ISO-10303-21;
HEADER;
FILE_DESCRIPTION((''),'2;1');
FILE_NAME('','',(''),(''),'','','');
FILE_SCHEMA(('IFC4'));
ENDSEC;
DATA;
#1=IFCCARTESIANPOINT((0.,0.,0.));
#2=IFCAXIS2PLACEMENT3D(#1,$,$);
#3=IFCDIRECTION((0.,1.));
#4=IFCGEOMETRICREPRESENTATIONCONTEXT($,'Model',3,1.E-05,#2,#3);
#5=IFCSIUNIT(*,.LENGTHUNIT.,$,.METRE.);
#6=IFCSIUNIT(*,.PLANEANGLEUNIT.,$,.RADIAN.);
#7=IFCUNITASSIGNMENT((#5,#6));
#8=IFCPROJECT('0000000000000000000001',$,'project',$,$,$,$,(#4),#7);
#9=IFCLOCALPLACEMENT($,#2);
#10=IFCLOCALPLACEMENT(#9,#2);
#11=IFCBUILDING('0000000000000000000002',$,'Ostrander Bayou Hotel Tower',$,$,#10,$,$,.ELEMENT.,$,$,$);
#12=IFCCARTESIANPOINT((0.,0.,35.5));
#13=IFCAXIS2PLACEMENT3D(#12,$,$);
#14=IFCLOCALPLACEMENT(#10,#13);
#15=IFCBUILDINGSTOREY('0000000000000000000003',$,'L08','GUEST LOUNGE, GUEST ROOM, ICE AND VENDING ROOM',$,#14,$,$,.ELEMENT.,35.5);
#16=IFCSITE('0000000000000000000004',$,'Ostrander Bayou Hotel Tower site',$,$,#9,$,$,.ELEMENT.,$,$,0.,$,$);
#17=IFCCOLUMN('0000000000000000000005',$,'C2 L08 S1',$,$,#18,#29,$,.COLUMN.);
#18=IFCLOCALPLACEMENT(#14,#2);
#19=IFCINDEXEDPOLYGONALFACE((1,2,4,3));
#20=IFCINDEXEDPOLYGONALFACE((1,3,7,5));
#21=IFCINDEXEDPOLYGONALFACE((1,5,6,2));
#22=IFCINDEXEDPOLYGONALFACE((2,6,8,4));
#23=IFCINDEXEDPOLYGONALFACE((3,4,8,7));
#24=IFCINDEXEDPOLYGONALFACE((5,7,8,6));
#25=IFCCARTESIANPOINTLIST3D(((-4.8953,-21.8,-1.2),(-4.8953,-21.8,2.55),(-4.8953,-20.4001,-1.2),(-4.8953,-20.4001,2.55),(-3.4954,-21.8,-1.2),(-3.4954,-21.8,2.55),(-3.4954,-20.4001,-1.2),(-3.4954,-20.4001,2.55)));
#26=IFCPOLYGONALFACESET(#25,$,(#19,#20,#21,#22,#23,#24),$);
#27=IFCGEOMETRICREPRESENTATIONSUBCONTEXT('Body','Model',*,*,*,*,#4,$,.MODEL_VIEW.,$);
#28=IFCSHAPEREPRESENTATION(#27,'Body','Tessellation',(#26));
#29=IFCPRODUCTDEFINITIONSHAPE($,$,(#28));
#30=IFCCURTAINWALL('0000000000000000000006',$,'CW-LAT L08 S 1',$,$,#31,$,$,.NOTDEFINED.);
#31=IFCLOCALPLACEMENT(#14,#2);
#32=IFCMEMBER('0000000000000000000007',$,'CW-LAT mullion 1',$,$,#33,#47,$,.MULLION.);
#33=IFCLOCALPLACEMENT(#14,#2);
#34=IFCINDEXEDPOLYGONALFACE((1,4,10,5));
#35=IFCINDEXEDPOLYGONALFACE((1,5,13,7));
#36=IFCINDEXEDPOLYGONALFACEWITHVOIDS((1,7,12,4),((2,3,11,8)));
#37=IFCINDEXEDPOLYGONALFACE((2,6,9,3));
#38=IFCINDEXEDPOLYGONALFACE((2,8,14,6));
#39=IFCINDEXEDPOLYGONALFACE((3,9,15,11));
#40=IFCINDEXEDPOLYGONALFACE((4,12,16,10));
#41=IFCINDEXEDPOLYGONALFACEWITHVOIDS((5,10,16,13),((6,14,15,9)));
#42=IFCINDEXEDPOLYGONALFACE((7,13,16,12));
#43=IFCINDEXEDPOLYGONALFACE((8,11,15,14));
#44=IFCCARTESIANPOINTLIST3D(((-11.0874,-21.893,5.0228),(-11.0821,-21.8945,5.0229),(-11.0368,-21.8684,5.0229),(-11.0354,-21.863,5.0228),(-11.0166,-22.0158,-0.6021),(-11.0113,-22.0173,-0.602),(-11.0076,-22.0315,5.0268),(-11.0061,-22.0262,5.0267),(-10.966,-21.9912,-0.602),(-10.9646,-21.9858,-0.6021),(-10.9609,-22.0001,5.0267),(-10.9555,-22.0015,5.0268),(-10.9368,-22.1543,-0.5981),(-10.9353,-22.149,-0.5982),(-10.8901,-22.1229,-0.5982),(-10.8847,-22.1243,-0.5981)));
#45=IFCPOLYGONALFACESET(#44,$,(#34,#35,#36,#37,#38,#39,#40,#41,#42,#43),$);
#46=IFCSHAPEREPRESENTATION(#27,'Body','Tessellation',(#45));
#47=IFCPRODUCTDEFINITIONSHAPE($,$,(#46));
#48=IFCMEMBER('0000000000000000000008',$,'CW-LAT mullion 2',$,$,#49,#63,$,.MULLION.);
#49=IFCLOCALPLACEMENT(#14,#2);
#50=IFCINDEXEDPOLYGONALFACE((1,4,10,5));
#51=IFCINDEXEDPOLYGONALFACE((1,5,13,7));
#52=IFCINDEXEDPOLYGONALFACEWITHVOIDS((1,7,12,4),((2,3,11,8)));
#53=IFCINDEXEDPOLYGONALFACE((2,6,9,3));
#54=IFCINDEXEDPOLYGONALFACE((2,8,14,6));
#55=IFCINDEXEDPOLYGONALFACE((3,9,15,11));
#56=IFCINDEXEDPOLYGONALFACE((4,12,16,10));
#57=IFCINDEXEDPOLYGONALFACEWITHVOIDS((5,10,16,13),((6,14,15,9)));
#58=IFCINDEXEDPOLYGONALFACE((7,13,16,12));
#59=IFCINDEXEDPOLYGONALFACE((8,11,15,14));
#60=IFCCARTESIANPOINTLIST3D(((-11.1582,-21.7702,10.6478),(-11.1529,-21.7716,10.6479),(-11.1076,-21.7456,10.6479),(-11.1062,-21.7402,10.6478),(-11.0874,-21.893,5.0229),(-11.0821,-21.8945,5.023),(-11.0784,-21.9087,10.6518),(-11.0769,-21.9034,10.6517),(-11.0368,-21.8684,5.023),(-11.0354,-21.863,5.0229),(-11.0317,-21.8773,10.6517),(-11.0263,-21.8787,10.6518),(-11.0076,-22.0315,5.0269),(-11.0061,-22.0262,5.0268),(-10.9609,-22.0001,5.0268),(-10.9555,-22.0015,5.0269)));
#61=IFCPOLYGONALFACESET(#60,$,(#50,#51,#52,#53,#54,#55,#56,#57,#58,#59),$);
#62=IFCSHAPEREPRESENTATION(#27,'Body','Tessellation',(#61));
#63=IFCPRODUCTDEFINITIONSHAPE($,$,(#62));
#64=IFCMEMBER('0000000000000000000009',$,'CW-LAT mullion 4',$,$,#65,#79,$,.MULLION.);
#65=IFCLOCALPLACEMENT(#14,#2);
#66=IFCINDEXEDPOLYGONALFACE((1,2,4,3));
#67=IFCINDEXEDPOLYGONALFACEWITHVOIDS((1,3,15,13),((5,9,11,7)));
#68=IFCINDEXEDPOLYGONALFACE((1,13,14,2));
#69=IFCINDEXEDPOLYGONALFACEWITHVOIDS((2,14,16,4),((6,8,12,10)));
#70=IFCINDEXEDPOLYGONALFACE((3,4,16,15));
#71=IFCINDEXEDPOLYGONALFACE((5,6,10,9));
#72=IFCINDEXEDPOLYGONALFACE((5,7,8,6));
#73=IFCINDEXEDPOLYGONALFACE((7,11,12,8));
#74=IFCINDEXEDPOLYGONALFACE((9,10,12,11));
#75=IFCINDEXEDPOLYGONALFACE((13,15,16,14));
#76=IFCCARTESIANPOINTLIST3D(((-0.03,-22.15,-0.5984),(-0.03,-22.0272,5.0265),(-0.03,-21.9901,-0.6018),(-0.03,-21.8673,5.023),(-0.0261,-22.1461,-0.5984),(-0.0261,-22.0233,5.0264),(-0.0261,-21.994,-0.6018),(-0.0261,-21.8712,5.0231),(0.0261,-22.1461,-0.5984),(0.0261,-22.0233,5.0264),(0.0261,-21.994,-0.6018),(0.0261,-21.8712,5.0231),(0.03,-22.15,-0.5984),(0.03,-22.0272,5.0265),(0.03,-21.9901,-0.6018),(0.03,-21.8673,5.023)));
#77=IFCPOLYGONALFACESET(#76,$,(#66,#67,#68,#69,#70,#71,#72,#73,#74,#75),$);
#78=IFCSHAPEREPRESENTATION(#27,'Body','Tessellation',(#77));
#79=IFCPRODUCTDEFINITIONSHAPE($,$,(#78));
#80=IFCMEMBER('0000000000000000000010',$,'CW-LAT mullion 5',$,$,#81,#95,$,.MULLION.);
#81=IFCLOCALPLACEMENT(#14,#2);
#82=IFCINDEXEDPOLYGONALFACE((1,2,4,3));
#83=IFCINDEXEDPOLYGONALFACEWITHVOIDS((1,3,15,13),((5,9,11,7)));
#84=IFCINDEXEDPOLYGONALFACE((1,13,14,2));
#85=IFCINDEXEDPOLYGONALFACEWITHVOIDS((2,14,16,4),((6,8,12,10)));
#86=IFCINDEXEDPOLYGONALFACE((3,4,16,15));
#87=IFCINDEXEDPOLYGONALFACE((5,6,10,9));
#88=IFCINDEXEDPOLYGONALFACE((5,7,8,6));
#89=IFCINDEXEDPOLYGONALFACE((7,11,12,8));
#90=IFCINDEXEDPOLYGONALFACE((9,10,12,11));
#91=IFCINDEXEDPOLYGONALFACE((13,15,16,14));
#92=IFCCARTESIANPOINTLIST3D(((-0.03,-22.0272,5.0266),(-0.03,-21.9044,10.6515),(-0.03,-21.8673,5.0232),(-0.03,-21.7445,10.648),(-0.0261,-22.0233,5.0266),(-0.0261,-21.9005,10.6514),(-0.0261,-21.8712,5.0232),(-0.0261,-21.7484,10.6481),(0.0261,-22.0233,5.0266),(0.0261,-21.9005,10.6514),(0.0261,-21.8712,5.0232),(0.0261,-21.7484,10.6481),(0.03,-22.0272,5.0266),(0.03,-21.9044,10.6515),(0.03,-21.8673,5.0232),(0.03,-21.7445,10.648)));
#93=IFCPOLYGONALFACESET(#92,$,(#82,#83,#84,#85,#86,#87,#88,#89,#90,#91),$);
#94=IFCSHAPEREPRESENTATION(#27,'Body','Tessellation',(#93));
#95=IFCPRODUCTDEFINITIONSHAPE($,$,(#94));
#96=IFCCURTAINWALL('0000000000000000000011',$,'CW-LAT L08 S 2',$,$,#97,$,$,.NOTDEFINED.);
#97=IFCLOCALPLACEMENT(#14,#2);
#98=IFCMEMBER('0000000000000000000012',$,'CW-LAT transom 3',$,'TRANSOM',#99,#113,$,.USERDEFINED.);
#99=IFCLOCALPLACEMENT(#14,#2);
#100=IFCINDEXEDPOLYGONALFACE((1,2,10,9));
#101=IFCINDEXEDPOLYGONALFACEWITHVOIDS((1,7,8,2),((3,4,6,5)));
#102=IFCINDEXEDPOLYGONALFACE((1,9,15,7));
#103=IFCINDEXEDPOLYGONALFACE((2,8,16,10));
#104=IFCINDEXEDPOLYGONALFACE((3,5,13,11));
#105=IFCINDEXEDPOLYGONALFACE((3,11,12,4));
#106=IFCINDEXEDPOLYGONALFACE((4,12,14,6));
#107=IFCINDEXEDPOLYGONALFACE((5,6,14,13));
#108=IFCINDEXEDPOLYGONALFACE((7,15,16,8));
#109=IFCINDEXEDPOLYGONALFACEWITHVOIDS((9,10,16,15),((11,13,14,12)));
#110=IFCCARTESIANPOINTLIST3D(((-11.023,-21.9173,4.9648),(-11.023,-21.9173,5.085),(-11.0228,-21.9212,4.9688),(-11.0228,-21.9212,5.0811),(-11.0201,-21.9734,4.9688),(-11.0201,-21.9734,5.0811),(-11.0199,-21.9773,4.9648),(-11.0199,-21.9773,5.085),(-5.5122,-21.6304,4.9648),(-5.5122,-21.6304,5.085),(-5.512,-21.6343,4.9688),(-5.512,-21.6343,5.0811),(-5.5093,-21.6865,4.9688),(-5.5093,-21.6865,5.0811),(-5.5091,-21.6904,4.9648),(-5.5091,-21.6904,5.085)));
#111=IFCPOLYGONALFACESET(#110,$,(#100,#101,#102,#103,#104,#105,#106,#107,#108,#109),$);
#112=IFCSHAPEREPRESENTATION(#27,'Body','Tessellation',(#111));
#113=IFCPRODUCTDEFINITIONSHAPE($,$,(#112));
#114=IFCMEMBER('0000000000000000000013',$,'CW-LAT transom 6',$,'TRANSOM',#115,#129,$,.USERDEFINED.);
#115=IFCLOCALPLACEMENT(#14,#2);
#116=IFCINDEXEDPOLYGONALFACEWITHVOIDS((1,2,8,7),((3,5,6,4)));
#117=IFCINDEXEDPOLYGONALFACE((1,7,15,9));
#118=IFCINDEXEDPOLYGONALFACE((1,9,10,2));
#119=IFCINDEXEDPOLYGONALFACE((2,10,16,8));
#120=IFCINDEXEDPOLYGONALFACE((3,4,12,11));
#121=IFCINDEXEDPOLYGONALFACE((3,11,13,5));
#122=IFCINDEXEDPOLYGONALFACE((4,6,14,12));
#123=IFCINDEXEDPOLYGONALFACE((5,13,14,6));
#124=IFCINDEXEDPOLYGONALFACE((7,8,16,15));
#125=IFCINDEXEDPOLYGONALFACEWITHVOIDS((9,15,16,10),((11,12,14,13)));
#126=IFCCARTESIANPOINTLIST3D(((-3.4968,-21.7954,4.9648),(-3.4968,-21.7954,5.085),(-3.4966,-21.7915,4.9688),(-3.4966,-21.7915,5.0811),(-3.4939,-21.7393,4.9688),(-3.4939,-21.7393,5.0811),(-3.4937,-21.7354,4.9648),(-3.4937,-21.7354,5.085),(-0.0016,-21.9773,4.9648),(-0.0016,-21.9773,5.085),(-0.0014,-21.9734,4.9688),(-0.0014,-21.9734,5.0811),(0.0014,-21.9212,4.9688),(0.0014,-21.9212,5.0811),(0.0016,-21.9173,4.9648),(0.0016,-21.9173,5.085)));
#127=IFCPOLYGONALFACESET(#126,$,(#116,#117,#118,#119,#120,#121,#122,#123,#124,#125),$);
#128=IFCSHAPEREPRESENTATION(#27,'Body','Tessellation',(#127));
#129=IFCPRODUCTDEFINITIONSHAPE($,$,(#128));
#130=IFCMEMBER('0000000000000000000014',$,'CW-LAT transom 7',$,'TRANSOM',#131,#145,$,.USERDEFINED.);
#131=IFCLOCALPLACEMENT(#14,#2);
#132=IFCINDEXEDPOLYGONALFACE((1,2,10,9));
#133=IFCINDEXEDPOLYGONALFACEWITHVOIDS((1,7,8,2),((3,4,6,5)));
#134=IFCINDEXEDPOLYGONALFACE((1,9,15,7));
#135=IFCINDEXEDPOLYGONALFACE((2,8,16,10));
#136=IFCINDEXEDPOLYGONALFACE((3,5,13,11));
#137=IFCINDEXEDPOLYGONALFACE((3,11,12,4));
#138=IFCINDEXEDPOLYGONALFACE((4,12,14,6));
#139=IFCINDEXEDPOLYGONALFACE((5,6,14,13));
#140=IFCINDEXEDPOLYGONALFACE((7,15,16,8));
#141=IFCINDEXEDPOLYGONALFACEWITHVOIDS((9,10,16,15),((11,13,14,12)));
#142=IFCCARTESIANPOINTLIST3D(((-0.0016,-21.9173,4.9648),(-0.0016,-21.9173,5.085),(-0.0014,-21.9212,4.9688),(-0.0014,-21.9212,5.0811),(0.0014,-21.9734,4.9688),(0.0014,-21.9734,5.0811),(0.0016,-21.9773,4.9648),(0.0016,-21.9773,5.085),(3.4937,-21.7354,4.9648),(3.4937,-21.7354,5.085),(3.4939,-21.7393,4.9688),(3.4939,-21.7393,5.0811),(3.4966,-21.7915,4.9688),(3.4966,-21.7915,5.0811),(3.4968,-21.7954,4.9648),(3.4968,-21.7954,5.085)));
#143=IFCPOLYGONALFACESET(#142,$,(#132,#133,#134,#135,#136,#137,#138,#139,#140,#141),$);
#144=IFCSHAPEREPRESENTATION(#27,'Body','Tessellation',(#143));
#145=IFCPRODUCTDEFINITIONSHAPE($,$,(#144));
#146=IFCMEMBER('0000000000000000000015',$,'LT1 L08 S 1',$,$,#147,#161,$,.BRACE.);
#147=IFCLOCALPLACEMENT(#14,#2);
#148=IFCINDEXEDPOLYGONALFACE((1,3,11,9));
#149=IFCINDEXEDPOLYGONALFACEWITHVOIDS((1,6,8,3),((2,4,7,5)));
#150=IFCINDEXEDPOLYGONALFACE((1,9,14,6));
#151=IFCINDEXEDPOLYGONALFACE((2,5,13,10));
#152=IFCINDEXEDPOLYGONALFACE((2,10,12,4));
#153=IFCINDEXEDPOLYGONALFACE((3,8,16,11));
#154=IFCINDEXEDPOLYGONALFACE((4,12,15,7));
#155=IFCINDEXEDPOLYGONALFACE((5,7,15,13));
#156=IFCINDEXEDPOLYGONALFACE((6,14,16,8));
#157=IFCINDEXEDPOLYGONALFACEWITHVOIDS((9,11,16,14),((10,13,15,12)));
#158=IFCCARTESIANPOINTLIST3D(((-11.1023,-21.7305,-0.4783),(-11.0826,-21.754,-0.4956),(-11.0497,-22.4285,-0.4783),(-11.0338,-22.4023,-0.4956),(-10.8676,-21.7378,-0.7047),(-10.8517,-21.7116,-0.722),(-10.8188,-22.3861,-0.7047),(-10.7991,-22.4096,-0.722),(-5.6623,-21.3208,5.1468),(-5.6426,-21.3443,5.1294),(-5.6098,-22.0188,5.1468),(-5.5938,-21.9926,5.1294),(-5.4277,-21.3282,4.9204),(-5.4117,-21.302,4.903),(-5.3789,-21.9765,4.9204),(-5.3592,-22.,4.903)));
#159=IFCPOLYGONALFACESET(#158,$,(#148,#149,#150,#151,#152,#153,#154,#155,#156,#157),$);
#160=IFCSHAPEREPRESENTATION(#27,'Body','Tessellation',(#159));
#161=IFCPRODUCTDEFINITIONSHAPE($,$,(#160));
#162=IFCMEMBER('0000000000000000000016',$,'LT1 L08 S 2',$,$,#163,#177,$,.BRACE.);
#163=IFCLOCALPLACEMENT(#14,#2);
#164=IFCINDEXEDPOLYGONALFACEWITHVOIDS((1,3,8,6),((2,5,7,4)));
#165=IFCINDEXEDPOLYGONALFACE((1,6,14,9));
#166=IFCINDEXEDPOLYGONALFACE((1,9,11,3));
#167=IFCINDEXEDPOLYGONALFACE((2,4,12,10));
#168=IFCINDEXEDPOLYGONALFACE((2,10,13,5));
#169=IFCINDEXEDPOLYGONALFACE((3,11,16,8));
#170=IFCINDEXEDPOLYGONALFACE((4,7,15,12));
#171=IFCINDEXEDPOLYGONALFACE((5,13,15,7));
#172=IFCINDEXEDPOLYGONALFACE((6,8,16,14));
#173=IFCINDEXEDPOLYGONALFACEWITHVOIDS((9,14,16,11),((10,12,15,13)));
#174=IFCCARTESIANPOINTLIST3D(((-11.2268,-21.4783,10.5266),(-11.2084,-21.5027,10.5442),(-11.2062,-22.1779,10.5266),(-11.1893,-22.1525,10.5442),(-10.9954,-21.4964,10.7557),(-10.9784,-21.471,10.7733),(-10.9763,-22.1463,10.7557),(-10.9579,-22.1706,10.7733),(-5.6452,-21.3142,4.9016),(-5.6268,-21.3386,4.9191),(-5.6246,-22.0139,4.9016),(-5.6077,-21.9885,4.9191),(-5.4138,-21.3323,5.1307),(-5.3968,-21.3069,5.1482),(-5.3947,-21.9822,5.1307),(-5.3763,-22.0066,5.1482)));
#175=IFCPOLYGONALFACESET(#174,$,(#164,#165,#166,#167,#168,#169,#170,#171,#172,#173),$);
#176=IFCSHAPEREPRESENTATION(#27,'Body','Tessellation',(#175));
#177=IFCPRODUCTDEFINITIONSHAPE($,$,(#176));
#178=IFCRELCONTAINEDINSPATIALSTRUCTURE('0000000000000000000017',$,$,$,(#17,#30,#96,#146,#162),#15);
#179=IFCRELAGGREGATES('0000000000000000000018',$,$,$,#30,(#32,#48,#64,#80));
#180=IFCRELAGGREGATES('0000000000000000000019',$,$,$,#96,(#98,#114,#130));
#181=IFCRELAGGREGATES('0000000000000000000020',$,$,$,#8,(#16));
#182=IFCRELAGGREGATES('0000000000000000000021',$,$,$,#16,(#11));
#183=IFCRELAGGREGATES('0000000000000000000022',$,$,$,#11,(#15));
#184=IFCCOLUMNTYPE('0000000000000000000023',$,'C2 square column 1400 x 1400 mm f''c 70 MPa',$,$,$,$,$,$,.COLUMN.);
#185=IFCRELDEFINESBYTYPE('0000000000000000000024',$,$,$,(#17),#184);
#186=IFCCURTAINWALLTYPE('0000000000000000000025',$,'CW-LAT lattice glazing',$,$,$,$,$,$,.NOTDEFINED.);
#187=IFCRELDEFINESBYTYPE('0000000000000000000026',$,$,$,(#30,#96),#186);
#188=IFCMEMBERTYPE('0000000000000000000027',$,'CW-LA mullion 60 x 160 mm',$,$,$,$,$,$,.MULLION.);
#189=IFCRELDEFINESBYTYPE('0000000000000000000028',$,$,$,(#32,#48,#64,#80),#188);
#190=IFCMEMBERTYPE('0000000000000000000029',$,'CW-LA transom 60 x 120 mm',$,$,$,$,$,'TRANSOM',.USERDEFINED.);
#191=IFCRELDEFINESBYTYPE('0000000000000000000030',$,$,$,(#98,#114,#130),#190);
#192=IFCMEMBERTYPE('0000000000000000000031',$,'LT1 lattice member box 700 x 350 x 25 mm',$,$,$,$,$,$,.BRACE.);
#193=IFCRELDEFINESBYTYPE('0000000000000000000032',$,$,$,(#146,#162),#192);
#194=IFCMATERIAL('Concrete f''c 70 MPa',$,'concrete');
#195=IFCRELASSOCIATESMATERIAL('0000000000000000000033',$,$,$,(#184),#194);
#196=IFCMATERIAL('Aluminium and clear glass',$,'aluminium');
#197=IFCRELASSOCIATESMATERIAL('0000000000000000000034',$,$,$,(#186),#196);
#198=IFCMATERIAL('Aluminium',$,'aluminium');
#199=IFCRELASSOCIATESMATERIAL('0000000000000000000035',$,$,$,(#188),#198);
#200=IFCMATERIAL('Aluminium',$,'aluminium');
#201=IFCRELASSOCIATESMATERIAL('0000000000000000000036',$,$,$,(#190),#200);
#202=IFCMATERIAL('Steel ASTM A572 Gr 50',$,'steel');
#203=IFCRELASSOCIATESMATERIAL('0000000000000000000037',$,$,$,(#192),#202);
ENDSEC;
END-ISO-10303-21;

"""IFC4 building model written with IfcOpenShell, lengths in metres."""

from ifc_helpers import new_model, si_unit, direction, frame, origin, origin_2d, place, context, subcontext, project, spatial, rectangle, hollow_rectangle, extrude, material, material_profile, profile_set, type_object, element, aggregate, save


model = new_model("IFC4")

# Units and contexts
model_context = context("Model", 3, precision=1e-05, world=origin(), true_north=direction((0.0, 1.0)))
body_context = subcontext(model_context, "Body", "Model", "MODEL_VIEW")
ifc_project = project(units=[si_unit("LENGTHUNIT", "METRE"), si_unit("PLANEANGLEUNIT", "RADIAN")], contexts=[model_context])

# Site, building, storey
site_placement = place(None, origin())
site = spatial("IfcSite", under=ifc_project, at=site_placement, Name="Ostrander Bayou Hotel Tower site", CompositionType="ELEMENT", RefElevation=0.0)
building_placement = place(site_placement, origin())
building = spatial("IfcBuilding", under=site, at=building_placement, Name="Ostrander Bayou Hotel Tower", CompositionType="ELEMENT")
storey_placement = place(building_placement, frame((0.0, 0.0, 35.5)))
storey = spatial("IfcBuildingStorey", under=building, at=storey_placement, Name="L08", Description="GUEST LOUNGE, GUEST ROOM, ICE AND VENDING ROOM", CompositionType="ELEMENT", Elevation=35.5)

# Column
ifc_material_1 = material(Name="Concrete f'c 70 MPa", Category="concrete")
ifc_material_profile_1 = material_profile(ifc_material_1, rectangle(XDim=1.3999, YDim=1.3999, at=origin_2d()))
ifc_profile_set_1 = profile_set([ifc_material_profile_1], Name="Concrete f'c 70 MPa")
column_type = type_object("IfcColumnType", Name="C2 square column 1400 x 1400 mm f'c 70 MPa", PredefinedType="COLUMN", material=ifc_profile_set_1)
column_placement = place(storey_placement, frame((-4.1953, -21.1001, -1.2), z_axis=(0.0, 0.0, 1.0), x_axis=(-1.0, 0.0, 0.0)))
element("IfcColumn", 1, at=column_placement, inside=storey, type_object=column_type, Name="C2 L08 S1", PredefinedType="COLUMN", context=body_context, shape_type="SweptSolid", body=[
    extrude(rectangle(XDim=1.3999, YDim=1.3999, at=origin_2d()), origin(), (0.0, 0.0, 1.0), 3.75),
])

# Curtain walls, members
ifc_material_2 = material(Name="Aluminium and clear glass", Category="aluminium")
curtain_wall_type = type_object("IfcCurtainWallType", Name="CW-LAT lattice glazing", PredefinedType="NOTDEFINED", material=ifc_material_2)
curtain_wall_1_placement = place(storey_placement, origin())
curtain_wall_1 = element("IfcCurtainWall", 2, at=curtain_wall_1_placement, inside=storey, type_object=curtain_wall_type, Name="CW-LAT L08 S 1", PredefinedType="NOTDEFINED")
ifc_material_3 = material(Name="Aluminium", Category="aluminium")
ifc_material_profile_2 = material_profile(ifc_material_3, hollow_rectangle(XDim=0.0601, YDim=0.1599, WallThickness=0.0039, at=origin_2d()))
ifc_profile_set_2 = profile_set([ifc_material_profile_2], Name="Aluminium")
member_type_1 = type_object("IfcMemberType", Name="CW-LA mullion 60 x 160 mm", PredefinedType="MULLION", material=ifc_profile_set_2)
member_1_placement = place(storey_placement, frame((-10.9507, -22.0701, -0.6001), z_axis=(-0.012583, 0.021825, 0.999683), x_axis=(-0.866329, -0.499474, 0.0)))
member_1 = element("IfcMember", 3, at=member_1_placement, type_object=member_type_1, Name="CW-LAT mullion 1", PredefinedType="MULLION", context=body_context, shape_type="SweptSolid", body=[
    extrude(hollow_rectangle(XDim=0.0601, YDim=0.1599, WallThickness=0.0039, at=origin_2d()), origin(), (0.0, 0.0, 1.0), 5.6267),
])
member_2_placement = place(storey_placement, frame((-11.0215, -21.9473, 5.0249), z_axis=(-0.012583, 0.021825, 0.999683), x_axis=(-0.866329, -0.499474, 0.0)))
member_2 = element("IfcMember", 4, at=member_2_placement, type_object=member_type_1, Name="CW-LAT mullion 2", PredefinedType="MULLION", context=body_context, shape_type="SweptSolid", body=[
    extrude(hollow_rectangle(XDim=0.0601, YDim=0.1599, WallThickness=0.0039, at=origin_2d()), origin(), (0.0, 0.0, 1.0), 5.6267),
])
member_3_placement = place(storey_placement, frame((0.0, -22.0701, -0.6001), z_axis=(0.0, 0.021826, 0.999762), x_axis=(-1.0, 0.0, 0.0)))
member_3 = element("IfcMember", 5, at=member_3_placement, type_object=member_type_1, Name="CW-LAT mullion 4", PredefinedType="MULLION", context=body_context, shape_type="SweptSolid", body=[
    extrude(hollow_rectangle(XDim=0.0601, YDim=0.1599, WallThickness=0.0039, at=origin_2d()), origin(), (0.0, 0.0, 1.0), 5.6262),
])
member_4_placement = place(storey_placement, frame((0.0, -21.9473, 5.0249), z_axis=(0.0, 0.021826, 0.999762), x_axis=(-1.0, 0.0, 0.0)))
member_4 = element("IfcMember", 6, at=member_4_placement, type_object=member_type_1, Name="CW-LAT mullion 5", PredefinedType="MULLION", context=body_context, shape_type="SweptSolid", body=[
    extrude(hollow_rectangle(XDim=0.0601, YDim=0.1599, WallThickness=0.0039, at=origin_2d()), origin(), (0.0, 0.0, 1.0), 5.6262),
])
curtain_wall_2_placement = place(storey_placement, origin())
curtain_wall_2 = element("IfcCurtainWall", 7, at=curtain_wall_2_placement, inside=storey, type_object=curtain_wall_type, Name="CW-LAT L08 S 2", PredefinedType="NOTDEFINED")
ifc_material_4 = material(Name="Aluminium", Category="aluminium")
ifc_material_profile_3 = material_profile(ifc_material_4, hollow_rectangle(XDim=0.0601, YDim=0.1201, WallThickness=0.0039, at=origin_2d()))
ifc_profile_set_3 = profile_set([ifc_material_profile_3], Name="Aluminium")
member_type_2 = type_object("IfcMemberType", Name="CW-LA transom 60 x 120 mm", ElementType="TRANSOM", PredefinedType="USERDEFINED", material=ifc_profile_set_3)
member_5_placement = place(storey_placement, frame((-11.0215, -21.9473, 5.0249), z_axis=(0.998648, 0.051985, 0.0), x_axis=(-0.051985, 0.998648, 0.0)))
member_5 = element("IfcMember", 8, at=member_5_placement, type_object=member_type_2, Name="CW-LAT transom 3", ObjectType="TRANSOM", PredefinedType="USERDEFINED", context=body_context, shape_type="SweptSolid", body=[
    extrude(hollow_rectangle(XDim=0.0601, YDim=0.1201, WallThickness=0.0039, at=origin_2d()), origin(), (0.0, 0.0, 1.0), 5.5183),
])
member_6_placement = place(storey_placement, frame((0.0, -21.9473, 5.0249), z_axis=(-0.998649, 0.051966, 0.0), x_axis=(-0.051966, -0.998649, 0.0)))
member_6 = element("IfcMember", 9, at=member_6_placement, type_object=member_type_2, Name="CW-LAT transom 6", ObjectType="TRANSOM", PredefinedType="USERDEFINED", context=body_context, shape_type="SweptSolid", body=[
    extrude(hollow_rectangle(XDim=0.0601, YDim=0.1201, WallThickness=0.0039, at=origin_2d()), origin(), (0.0, 0.0, 1.0), 3.5),
])
member_7_placement = place(storey_placement, frame((0.0, -21.9473, 5.0249), z_axis=(0.998649, 0.051966, 0.0), x_axis=(-0.051966, 0.998649, 0.0)))
member_7 = element("IfcMember", 10, at=member_7_placement, type_object=member_type_2, Name="CW-LAT transom 7", ObjectType="TRANSOM", PredefinedType="USERDEFINED", context=body_context, shape_type="SweptSolid", body=[
    extrude(hollow_rectangle(XDim=0.0601, YDim=0.1201, WallThickness=0.0039, at=origin_2d()), origin(), (0.0, 0.0, 1.0), 3.5),
])

# Members
ifc_material_5 = material(Name="Steel ASTM A572 Gr 50", Category="steel")
ifc_material_profile_4 = material_profile(ifc_material_5, hollow_rectangle(XDim=0.7, YDim=0.3501, WallThickness=0.0249, at=origin_2d()))
ifc_profile_set_4 = profile_set([ifc_material_profile_4], Name="Steel ASTM A572 Gr 50")
member_type_3 = type_object("IfcMemberType", Name="LT1 lattice member box 700 x 350 x 25 mm", PredefinedType="BRACE", material=ifc_profile_set_4)
member_8_placement = place(storey_placement, frame((-5.5107, -21.6604, 5.0249), z_axis=(-0.694233, -0.052281, -0.717849), x_axis=(0.075095, -0.997176, 0.0)))
element("IfcMember", 11, at=member_8_placement, inside=storey, type_object=member_type_3, Name="LT1 L08 S 1", PredefinedType="BRACE", context=body_context, shape_type="SweptSolid", body=[
    extrude(hollow_rectangle(XDim=0.7, YDim=0.3501, WallThickness=0.0249, at=origin_2d()), origin(), (0.0, 0.0, 1.0), 7.8359),
])
member_9_placement = place(storey_placement, frame((-5.5107, -21.6604, 5.0249), z_axis=(-0.704209, -0.020699, 0.709691), x_axis=(0.029381, -0.999568, 0.0)))
element("IfcMember", 12, at=member_9_placement, inside=storey, type_object=member_type_3, Name="LT1 L08 S 2", PredefinedType="BRACE", context=body_context, shape_type="SweptSolid", body=[
    extrude(hollow_rectangle(XDim=0.7, YDim=0.3501, WallThickness=0.0249, at=origin_2d()), origin(), (0.0, 0.0, 1.0), 7.926),
])

aggregate(curtain_wall_1, [member_1, member_2, member_3, member_4])
aggregate(curtain_wall_2, [member_5, member_6, member_7])

save(model, "model.ifc")
